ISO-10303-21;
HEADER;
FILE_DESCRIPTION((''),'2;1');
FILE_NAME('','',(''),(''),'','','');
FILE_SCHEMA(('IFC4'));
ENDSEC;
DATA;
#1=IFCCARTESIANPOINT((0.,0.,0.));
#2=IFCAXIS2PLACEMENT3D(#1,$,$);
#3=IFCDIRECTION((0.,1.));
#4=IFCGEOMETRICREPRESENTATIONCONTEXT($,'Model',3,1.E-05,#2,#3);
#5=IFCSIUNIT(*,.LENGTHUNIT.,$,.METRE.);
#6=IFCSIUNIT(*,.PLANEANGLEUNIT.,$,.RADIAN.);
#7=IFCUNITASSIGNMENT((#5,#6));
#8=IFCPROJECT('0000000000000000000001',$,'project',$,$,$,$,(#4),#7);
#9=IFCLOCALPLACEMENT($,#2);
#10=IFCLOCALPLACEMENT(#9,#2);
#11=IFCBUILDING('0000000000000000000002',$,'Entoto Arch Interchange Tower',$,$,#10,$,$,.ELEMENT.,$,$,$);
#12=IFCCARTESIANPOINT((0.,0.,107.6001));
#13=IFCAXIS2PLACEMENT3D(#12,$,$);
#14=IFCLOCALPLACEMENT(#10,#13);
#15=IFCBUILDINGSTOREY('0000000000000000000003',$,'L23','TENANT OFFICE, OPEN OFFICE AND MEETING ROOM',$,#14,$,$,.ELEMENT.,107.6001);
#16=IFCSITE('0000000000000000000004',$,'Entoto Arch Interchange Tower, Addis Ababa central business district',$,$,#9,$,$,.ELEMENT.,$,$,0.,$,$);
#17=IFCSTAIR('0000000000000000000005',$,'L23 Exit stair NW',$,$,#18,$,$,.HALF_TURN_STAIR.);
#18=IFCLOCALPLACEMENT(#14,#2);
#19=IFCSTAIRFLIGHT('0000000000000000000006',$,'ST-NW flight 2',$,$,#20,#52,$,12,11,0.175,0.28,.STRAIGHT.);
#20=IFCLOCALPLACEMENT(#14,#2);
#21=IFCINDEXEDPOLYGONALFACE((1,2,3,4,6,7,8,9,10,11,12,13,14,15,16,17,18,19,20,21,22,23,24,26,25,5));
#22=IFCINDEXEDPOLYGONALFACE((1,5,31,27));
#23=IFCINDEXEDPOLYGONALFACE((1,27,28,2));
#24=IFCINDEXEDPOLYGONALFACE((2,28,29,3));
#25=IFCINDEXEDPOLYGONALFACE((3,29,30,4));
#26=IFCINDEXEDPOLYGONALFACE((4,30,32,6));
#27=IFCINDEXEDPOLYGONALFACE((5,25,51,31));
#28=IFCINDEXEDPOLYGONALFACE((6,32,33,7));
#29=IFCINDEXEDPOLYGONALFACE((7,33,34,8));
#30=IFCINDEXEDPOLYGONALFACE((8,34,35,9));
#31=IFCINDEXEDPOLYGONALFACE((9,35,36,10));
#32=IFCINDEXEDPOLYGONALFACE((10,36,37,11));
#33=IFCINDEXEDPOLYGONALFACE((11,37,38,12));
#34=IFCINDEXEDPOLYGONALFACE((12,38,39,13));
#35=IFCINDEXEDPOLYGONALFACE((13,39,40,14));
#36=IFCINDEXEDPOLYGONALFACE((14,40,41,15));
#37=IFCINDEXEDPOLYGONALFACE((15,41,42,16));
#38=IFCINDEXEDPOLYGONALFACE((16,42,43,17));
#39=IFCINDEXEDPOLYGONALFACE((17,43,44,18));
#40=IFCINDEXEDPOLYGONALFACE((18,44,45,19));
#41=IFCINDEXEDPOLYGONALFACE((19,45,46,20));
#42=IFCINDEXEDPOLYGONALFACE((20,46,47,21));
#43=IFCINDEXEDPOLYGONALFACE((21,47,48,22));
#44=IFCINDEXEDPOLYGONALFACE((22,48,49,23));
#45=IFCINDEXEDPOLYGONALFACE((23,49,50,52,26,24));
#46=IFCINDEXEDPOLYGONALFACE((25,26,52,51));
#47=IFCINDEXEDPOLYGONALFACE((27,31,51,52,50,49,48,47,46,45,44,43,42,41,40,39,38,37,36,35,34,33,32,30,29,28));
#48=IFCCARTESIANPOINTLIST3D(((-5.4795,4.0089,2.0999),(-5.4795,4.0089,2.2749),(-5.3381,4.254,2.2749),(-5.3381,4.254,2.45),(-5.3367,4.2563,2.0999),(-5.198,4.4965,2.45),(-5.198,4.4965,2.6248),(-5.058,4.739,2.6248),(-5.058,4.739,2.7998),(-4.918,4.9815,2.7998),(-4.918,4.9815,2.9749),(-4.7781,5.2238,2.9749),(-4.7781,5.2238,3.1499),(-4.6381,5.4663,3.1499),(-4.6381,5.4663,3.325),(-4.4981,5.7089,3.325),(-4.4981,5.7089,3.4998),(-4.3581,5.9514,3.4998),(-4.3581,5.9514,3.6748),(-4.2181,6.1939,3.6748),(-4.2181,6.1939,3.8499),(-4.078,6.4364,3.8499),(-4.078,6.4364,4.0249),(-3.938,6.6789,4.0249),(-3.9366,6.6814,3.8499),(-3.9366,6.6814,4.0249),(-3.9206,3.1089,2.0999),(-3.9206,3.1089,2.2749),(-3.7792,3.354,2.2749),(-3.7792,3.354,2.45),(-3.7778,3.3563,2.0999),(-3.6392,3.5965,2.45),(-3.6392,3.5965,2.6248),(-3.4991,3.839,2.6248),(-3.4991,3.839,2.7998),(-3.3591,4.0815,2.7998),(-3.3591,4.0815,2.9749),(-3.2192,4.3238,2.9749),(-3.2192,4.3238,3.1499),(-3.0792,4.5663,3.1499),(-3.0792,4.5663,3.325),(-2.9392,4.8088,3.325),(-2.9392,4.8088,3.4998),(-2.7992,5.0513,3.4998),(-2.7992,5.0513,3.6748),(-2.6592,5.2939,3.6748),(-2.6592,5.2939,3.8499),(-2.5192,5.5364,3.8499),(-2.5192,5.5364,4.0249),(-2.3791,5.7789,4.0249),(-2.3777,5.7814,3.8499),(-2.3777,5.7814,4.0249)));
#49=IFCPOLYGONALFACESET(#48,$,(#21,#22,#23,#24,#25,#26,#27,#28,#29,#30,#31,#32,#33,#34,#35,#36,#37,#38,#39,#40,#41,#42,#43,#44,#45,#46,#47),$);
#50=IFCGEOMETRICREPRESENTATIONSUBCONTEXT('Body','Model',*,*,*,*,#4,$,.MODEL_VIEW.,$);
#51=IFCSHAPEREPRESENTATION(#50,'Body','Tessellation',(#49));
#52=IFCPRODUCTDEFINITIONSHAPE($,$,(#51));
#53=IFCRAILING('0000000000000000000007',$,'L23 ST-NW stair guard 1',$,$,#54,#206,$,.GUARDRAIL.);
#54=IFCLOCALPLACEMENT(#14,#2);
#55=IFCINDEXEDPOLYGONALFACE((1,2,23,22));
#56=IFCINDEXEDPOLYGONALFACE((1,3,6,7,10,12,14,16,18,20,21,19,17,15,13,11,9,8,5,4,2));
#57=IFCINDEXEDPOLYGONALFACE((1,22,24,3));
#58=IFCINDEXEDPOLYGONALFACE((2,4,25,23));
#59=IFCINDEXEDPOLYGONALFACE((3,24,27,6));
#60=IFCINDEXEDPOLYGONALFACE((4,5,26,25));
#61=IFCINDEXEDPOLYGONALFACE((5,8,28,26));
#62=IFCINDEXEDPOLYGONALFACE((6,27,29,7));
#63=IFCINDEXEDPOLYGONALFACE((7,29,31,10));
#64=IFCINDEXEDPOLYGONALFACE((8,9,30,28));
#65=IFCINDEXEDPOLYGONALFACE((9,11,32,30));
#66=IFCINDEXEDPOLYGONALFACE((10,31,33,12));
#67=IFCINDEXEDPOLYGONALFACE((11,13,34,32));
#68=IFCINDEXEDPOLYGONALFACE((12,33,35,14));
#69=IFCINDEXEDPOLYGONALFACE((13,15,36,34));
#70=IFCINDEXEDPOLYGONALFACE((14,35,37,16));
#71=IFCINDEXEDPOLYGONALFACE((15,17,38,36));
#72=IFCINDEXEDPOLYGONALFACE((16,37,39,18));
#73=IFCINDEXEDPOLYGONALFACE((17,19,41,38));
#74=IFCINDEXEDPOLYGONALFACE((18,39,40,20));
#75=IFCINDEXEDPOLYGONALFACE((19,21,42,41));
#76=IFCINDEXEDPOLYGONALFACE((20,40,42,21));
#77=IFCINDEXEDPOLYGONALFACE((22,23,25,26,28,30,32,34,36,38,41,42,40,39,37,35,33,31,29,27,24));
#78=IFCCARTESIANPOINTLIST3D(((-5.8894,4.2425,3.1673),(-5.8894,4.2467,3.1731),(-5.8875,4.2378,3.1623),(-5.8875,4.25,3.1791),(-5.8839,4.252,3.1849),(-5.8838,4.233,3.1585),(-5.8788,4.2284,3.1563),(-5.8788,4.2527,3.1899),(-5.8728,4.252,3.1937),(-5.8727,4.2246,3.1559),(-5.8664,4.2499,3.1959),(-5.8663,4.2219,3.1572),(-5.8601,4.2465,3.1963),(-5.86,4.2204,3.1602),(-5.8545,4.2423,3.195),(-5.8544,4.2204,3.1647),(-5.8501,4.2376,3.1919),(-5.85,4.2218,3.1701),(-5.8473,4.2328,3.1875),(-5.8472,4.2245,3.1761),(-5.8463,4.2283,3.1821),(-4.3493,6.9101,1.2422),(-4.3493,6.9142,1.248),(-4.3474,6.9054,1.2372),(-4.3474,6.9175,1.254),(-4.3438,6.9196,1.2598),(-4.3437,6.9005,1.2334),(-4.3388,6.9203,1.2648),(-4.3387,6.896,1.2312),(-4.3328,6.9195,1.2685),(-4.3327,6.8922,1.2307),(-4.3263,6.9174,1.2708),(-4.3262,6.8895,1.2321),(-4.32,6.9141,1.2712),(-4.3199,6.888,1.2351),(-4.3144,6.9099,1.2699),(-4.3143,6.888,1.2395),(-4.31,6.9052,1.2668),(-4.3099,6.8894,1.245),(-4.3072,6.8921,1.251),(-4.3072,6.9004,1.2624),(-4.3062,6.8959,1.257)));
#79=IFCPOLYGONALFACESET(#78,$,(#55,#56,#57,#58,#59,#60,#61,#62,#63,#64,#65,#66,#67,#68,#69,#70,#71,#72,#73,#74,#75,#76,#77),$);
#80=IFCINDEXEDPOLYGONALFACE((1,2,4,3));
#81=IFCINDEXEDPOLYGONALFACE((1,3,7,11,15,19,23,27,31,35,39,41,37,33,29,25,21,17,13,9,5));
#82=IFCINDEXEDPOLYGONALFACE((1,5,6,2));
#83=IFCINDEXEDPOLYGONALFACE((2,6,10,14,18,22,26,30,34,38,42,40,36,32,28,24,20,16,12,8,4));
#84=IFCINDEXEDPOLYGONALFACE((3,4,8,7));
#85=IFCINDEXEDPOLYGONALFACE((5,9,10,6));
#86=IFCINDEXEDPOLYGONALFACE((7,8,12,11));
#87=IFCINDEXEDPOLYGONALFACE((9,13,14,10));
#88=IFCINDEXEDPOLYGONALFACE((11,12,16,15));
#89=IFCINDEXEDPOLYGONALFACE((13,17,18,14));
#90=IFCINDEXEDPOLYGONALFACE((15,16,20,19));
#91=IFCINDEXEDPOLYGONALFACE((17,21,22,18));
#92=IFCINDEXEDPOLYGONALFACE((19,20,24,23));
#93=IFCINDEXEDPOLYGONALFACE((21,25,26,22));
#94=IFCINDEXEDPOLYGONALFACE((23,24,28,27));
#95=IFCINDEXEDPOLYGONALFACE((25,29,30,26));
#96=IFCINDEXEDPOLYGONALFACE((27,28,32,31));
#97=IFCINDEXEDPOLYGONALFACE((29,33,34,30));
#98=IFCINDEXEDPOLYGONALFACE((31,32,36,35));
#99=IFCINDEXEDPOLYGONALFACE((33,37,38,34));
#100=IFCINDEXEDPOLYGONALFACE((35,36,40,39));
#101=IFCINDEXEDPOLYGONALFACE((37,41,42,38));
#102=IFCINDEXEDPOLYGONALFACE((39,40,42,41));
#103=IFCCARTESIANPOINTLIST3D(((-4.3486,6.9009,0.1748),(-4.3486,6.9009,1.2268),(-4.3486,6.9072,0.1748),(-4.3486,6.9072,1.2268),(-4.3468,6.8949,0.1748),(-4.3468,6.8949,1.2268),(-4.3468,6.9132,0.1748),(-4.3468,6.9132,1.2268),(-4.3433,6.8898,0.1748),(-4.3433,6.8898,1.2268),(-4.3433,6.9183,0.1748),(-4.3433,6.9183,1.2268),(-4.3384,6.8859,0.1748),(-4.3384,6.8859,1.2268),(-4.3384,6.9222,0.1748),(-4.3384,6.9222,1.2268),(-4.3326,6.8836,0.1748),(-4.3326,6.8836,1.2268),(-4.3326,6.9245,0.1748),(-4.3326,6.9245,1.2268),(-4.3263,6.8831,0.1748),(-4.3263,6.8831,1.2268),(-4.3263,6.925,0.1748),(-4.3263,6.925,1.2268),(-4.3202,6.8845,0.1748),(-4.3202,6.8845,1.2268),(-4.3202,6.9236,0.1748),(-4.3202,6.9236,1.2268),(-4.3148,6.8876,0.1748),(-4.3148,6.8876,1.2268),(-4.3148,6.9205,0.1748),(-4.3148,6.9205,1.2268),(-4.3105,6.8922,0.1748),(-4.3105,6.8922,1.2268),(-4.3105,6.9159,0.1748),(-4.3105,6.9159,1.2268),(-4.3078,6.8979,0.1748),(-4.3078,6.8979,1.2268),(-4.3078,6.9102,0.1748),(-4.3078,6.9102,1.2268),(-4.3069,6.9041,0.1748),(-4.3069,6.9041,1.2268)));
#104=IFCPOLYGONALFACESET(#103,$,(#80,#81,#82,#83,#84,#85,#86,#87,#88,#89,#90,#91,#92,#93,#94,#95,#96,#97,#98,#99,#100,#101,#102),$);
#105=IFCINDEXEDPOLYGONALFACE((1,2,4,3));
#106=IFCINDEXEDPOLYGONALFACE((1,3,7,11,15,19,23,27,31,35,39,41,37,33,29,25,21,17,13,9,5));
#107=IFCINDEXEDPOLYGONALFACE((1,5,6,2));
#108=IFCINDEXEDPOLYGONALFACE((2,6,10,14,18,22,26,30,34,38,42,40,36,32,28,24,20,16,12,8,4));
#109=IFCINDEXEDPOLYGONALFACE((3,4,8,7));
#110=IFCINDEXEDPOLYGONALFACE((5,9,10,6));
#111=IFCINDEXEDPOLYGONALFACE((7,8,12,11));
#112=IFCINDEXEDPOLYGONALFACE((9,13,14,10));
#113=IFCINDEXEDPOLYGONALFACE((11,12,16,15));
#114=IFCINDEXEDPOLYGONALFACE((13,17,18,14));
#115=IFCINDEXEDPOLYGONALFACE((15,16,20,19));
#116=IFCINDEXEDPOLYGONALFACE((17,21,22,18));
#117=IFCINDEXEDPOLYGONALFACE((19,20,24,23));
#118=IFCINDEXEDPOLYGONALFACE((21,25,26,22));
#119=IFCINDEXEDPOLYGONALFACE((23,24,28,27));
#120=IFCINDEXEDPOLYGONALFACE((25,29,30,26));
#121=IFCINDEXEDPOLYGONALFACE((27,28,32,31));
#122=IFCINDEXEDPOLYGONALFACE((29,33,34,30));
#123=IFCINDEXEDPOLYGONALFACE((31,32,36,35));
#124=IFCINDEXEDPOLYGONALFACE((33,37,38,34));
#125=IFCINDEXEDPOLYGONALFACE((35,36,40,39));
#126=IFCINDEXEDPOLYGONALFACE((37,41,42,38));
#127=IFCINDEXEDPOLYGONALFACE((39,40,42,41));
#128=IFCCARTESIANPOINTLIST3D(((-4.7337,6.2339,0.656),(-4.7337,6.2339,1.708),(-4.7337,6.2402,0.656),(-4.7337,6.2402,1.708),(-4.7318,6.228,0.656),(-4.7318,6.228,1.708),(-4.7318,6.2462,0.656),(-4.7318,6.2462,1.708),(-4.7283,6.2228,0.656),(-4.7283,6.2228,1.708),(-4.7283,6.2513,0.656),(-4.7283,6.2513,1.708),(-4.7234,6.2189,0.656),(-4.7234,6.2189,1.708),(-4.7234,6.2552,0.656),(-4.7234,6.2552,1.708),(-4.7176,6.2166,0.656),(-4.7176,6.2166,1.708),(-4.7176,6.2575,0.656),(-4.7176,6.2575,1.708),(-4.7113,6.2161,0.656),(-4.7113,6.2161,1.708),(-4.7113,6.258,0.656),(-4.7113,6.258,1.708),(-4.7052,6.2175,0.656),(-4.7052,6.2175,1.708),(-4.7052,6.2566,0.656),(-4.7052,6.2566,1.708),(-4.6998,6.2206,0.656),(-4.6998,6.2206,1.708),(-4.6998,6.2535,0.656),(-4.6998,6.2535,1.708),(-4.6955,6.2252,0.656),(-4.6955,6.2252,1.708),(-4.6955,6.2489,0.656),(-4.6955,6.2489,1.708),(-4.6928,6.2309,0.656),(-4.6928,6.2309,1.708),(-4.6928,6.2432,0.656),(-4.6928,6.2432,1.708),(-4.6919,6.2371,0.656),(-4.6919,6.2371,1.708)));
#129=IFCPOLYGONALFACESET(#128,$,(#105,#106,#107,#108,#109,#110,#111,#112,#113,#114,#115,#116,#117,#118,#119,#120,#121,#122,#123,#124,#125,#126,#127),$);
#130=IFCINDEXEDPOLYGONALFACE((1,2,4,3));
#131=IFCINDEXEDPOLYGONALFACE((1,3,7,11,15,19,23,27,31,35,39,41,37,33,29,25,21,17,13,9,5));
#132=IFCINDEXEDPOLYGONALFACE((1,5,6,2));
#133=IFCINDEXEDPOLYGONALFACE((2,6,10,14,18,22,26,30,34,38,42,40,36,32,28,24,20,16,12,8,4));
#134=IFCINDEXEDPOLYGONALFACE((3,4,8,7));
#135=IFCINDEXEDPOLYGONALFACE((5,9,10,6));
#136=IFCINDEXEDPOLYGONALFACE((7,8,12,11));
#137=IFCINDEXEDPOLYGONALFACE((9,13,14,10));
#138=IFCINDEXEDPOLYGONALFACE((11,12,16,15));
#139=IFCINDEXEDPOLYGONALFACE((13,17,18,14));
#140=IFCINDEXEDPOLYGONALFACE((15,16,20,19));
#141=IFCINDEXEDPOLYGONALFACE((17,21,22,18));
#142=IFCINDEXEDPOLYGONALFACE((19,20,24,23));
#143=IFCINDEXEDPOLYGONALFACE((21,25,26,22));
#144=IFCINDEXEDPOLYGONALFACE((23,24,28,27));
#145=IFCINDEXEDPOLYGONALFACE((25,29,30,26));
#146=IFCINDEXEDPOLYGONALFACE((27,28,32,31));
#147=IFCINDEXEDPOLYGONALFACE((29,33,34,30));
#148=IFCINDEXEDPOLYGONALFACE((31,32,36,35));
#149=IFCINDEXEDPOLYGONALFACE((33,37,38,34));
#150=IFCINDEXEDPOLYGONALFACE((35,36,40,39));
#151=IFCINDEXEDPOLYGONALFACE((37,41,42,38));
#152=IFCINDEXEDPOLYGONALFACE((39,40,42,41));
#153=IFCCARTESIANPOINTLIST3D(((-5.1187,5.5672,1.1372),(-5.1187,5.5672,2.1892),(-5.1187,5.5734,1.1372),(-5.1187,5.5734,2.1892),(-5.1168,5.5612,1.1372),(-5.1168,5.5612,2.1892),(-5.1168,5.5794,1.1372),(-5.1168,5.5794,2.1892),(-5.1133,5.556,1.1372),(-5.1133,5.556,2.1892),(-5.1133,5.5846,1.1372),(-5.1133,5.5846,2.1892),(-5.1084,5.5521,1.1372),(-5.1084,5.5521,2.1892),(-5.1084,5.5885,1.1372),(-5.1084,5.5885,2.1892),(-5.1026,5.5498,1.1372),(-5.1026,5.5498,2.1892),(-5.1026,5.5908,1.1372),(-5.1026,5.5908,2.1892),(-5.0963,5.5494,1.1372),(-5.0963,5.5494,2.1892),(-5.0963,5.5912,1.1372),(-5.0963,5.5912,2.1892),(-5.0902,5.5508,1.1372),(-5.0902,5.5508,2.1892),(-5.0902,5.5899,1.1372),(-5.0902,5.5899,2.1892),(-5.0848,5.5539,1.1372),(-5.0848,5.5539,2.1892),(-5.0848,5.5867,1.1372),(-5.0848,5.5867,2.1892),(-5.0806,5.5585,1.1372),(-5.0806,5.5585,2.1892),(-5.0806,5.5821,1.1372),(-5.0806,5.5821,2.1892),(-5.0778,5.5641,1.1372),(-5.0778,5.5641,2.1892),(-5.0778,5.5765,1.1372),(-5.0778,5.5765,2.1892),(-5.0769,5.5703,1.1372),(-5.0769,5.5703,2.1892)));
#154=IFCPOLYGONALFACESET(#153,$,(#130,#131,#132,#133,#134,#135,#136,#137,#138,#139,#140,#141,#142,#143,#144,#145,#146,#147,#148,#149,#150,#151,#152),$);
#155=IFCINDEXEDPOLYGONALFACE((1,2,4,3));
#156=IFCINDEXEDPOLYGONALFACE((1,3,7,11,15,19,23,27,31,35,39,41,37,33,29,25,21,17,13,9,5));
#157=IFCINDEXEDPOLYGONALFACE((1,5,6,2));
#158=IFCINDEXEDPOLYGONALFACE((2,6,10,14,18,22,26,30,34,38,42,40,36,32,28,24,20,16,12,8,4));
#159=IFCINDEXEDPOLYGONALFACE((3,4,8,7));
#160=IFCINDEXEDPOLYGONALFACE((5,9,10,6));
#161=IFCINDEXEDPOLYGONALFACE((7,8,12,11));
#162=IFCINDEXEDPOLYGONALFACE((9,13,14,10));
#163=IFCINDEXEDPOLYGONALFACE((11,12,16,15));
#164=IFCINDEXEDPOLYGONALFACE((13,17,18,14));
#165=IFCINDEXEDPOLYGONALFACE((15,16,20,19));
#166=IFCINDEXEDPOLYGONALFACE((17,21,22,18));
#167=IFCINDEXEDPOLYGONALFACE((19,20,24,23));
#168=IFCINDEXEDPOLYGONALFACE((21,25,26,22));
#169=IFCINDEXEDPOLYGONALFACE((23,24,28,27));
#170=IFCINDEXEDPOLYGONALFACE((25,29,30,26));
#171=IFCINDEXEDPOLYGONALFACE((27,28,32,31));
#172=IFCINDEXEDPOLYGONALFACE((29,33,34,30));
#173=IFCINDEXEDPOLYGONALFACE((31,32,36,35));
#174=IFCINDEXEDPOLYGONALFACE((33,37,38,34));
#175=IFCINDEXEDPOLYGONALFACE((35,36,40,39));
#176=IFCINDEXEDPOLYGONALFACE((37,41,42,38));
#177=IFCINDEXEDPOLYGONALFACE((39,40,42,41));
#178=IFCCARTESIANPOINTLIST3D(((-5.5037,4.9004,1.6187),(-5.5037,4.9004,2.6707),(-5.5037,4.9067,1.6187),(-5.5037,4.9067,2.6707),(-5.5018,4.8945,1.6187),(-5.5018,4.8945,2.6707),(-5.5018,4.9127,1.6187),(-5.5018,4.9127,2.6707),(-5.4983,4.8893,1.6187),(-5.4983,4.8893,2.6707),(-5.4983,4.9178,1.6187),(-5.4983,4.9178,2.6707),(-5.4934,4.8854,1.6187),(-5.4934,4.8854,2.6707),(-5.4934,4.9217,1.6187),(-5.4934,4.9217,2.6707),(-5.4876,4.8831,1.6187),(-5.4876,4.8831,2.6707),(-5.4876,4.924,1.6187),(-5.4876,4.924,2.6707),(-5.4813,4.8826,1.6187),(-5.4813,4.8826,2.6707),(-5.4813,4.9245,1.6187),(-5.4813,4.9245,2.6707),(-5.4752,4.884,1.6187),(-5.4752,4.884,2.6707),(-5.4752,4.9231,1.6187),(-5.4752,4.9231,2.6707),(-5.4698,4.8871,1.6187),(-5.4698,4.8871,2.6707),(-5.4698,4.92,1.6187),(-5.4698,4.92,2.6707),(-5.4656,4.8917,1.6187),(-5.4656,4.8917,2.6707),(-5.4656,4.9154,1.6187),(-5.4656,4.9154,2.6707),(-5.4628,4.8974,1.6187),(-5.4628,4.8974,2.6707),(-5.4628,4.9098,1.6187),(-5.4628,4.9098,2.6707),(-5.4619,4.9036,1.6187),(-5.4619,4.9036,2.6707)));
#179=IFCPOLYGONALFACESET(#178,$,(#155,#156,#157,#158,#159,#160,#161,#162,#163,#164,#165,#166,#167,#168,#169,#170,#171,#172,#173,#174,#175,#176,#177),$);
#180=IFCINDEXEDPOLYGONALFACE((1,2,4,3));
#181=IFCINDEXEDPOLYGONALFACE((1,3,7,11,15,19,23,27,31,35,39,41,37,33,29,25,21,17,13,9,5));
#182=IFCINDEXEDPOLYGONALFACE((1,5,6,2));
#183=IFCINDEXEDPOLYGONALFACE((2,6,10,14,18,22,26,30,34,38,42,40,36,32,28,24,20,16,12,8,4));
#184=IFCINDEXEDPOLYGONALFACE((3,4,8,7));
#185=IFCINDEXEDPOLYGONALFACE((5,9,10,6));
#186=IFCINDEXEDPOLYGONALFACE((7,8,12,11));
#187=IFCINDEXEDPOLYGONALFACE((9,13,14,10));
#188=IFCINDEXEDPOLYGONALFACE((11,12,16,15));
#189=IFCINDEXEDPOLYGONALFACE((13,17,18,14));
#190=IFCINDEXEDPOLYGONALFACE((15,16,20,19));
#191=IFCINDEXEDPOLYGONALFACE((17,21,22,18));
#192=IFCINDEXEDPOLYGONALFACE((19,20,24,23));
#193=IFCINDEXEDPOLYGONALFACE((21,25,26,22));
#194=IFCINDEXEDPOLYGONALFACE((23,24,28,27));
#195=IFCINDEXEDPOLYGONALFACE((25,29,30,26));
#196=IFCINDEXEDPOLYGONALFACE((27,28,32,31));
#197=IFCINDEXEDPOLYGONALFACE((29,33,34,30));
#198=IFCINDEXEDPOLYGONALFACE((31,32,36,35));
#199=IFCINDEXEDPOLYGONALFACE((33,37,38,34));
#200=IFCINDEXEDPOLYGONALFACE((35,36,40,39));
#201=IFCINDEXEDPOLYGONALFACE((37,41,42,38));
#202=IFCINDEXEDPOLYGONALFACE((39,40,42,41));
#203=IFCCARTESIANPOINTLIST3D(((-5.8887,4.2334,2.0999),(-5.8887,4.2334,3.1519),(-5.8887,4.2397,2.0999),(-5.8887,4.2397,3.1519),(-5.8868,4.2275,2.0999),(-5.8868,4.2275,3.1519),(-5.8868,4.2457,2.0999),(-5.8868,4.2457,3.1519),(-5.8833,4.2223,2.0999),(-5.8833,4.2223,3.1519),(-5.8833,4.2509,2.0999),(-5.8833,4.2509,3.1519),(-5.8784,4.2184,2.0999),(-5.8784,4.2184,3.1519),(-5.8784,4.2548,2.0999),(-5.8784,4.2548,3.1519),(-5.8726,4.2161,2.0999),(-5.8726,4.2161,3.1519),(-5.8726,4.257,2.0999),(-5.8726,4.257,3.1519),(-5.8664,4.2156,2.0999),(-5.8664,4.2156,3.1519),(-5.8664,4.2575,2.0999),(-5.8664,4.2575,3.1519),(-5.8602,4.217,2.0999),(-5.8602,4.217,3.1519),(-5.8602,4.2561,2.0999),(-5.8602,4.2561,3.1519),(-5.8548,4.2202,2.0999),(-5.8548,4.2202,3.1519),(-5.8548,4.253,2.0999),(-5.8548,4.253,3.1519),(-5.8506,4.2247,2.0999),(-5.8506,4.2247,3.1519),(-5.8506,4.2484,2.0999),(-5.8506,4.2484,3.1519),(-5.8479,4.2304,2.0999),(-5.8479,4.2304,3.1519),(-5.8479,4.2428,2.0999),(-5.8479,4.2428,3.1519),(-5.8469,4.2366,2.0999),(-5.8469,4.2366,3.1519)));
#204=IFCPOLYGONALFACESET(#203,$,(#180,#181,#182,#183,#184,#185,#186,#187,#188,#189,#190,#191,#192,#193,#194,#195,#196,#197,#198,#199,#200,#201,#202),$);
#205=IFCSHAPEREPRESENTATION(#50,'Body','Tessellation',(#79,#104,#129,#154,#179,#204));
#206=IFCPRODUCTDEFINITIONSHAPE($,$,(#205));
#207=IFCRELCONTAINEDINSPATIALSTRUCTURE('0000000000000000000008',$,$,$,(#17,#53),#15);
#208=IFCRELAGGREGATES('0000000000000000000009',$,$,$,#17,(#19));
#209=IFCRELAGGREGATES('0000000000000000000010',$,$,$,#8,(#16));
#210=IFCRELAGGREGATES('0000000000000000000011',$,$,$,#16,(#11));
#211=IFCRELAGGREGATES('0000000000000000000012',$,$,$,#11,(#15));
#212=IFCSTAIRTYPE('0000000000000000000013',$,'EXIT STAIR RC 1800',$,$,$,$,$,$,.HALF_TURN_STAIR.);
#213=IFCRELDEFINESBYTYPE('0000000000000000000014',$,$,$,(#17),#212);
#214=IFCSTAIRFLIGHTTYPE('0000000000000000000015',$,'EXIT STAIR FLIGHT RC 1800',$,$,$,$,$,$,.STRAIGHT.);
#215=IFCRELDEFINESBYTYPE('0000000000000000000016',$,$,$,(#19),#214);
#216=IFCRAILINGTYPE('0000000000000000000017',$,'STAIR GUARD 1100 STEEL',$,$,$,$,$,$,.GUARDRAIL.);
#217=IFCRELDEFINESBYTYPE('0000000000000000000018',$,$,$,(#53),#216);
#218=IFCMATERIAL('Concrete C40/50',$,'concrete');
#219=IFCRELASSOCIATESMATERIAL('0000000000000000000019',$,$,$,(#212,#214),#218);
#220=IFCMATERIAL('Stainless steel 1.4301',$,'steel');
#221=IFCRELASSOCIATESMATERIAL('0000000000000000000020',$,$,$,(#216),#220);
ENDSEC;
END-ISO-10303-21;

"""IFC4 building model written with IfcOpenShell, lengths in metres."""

from ifc_helpers import new_model, si_unit, direction, frame, origin, origin_2d, place, context, subcontext, project, spatial, polyline, circle, outline, extrude, material, type_object, element, aggregate, save


model = new_model("IFC4")

# Units and contexts
model_context = context("Model", 3, precision=1e-05, world=origin(), true_north=direction((0.0, 1.0)))
body_context = subcontext(model_context, "Body", "Model", "MODEL_VIEW")
ifc_project = project(units=[si_unit("LENGTHUNIT", "METRE"), si_unit("PLANEANGLEUNIT", "RADIAN")], contexts=[model_context])

# Site, building, storey
site_placement = place(None, origin())
site = spatial("IfcSite", under=ifc_project, at=site_placement, Name="Entoto Arch Interchange Tower, Addis Ababa central business district", CompositionType="ELEMENT", RefElevation=0.0)
building_placement = place(site_placement, origin())
building = spatial("IfcBuilding", under=site, at=building_placement, Name="Entoto Arch Interchange Tower", CompositionType="ELEMENT")
storey_placement = place(building_placement, frame((0.0, 0.0, 107.6001)))
storey = spatial("IfcBuildingStorey", under=building, at=storey_placement, Name="L23", Description="TENANT OFFICE, OPEN OFFICE AND MEETING ROOM", CompositionType="ELEMENT", Elevation=107.6001)

# Shared definitions
ifc_material_1 = material(Name="Concrete C40/50", Category="concrete")

# Stair, stair flight
stair_type = type_object("IfcStairType", Name="EXIT STAIR RC 1800", PredefinedType="HALF_TURN_STAIR", material=ifc_material_1)
stair_placement = place(storey_placement, origin())
stair = element("IfcStair", 1, at=stair_placement, inside=storey, type_object=stair_type, Name="L23 Exit stair NW", PredefinedType="HALF_TURN_STAIR")
stair_flight_type = type_object("IfcStairFlightType", Name="EXIT STAIR FLIGHT RC 1800", PredefinedType="STRAIGHT", material=ifc_material_1)
stair_flight_1_placement = place(storey_placement, frame((-4.6987, 3.5615, 2.0999), z_axis=(0.0, 0.0, 1.0), x_axis=(0.5, 0.866025, 0.0)))
stair_flight_1 = element("IfcStairFlight", 2, at=stair_flight_1_placement, type_object=stair_flight_type, Name="ST-NW flight 2", NumberOfRisers=12, NumberOfTreads=11, PredefinedType="STRAIGHT", RiserHeight=0.175, TreadLength=0.28, context=body_context, shape_type="SweptSolid", body=[
    extrude(outline(polyline([(-0.0029, 0.0), (-0.0029, 0.175), (0.28, 0.175), (0.28, 0.3501), (0.5601, 0.3501), (0.5601, 0.5249), (0.8401, 0.5249), (0.8401, 0.7), (1.1201, 0.7), (1.1201, 0.875), (1.3999, 0.875), (1.3999, 1.05), (1.6799, 1.05), (1.6799, 1.2251), (1.96, 1.2251), (1.96, 1.3999), (2.24, 1.3999), (2.24, 1.575), (2.52, 1.575), (2.52, 1.75), (2.8, 1.75), (2.8, 1.925), (3.0801, 1.925), (3.083, 1.925), (3.083, 1.75), (0.2827, 0.0), (-0.0029, 0.0)])), frame((0.0, 0.8999, 0.0), z_axis=(0.0, -1.0, 0.0), x_axis=(1.0, 0.0, 0.0)), (0.0, 0.0, 1.0), 1.8),
])
aggregate(stair, [stair_flight_1])

# Railing
ifc_material_2 = material(Name="Stainless steel 1.4301", Category="steel")
railing_type_1 = type_object("IfcRailingType", Name="STAIR GUARD 1100 STEEL", PredefinedType="GUARDRAIL", material=ifc_material_2)
railing_1_placement = place(storey_placement, frame((-4.3279, 6.9041, 0.1748)))
element("IfcRailing", 3, at=railing_1_placement, inside=storey, type_object=railing_type_1, Name="L23 ST-NW stair guard 1", PredefinedType="GUARDRAIL", context=body_context, shape_type="SweptSolid", body=[
    extrude(circle(Radius=0.0239, at=origin_2d()), frame((0.0, 0.0, 1.0762), z_axis=(-0.423994, -0.734395, 0.529993), x_axis=(0.86603, -0.499992, 0.0)), (0.0, 0.0, 1.0), 3.6323),
    extrude(circle(Radius=0.021, at=origin_2d()), origin(), (0.0, 0.0, 1.0), 1.052),
    extrude(circle(Radius=0.021, at=origin_2d()), frame((-0.385, -0.667, 0.4812)), (0.0, 0.0, 1.0), 1.052),
    extrude(circle(Radius=0.021, at=origin_2d()), frame((-0.77, -1.3337, 0.9624)), (0.0, 0.0, 1.0), 1.052),
    extrude(circle(Radius=0.021, at=origin_2d()), frame((-1.155, -2.0005, 1.4438)), (0.0, 0.0, 1.0), 1.052),
    extrude(circle(Radius=0.021, at=origin_2d()), frame((-1.54, -2.6675, 1.925)), (0.0, 0.0, 1.0), 1.052),
])

save(model, "model.ifc")
